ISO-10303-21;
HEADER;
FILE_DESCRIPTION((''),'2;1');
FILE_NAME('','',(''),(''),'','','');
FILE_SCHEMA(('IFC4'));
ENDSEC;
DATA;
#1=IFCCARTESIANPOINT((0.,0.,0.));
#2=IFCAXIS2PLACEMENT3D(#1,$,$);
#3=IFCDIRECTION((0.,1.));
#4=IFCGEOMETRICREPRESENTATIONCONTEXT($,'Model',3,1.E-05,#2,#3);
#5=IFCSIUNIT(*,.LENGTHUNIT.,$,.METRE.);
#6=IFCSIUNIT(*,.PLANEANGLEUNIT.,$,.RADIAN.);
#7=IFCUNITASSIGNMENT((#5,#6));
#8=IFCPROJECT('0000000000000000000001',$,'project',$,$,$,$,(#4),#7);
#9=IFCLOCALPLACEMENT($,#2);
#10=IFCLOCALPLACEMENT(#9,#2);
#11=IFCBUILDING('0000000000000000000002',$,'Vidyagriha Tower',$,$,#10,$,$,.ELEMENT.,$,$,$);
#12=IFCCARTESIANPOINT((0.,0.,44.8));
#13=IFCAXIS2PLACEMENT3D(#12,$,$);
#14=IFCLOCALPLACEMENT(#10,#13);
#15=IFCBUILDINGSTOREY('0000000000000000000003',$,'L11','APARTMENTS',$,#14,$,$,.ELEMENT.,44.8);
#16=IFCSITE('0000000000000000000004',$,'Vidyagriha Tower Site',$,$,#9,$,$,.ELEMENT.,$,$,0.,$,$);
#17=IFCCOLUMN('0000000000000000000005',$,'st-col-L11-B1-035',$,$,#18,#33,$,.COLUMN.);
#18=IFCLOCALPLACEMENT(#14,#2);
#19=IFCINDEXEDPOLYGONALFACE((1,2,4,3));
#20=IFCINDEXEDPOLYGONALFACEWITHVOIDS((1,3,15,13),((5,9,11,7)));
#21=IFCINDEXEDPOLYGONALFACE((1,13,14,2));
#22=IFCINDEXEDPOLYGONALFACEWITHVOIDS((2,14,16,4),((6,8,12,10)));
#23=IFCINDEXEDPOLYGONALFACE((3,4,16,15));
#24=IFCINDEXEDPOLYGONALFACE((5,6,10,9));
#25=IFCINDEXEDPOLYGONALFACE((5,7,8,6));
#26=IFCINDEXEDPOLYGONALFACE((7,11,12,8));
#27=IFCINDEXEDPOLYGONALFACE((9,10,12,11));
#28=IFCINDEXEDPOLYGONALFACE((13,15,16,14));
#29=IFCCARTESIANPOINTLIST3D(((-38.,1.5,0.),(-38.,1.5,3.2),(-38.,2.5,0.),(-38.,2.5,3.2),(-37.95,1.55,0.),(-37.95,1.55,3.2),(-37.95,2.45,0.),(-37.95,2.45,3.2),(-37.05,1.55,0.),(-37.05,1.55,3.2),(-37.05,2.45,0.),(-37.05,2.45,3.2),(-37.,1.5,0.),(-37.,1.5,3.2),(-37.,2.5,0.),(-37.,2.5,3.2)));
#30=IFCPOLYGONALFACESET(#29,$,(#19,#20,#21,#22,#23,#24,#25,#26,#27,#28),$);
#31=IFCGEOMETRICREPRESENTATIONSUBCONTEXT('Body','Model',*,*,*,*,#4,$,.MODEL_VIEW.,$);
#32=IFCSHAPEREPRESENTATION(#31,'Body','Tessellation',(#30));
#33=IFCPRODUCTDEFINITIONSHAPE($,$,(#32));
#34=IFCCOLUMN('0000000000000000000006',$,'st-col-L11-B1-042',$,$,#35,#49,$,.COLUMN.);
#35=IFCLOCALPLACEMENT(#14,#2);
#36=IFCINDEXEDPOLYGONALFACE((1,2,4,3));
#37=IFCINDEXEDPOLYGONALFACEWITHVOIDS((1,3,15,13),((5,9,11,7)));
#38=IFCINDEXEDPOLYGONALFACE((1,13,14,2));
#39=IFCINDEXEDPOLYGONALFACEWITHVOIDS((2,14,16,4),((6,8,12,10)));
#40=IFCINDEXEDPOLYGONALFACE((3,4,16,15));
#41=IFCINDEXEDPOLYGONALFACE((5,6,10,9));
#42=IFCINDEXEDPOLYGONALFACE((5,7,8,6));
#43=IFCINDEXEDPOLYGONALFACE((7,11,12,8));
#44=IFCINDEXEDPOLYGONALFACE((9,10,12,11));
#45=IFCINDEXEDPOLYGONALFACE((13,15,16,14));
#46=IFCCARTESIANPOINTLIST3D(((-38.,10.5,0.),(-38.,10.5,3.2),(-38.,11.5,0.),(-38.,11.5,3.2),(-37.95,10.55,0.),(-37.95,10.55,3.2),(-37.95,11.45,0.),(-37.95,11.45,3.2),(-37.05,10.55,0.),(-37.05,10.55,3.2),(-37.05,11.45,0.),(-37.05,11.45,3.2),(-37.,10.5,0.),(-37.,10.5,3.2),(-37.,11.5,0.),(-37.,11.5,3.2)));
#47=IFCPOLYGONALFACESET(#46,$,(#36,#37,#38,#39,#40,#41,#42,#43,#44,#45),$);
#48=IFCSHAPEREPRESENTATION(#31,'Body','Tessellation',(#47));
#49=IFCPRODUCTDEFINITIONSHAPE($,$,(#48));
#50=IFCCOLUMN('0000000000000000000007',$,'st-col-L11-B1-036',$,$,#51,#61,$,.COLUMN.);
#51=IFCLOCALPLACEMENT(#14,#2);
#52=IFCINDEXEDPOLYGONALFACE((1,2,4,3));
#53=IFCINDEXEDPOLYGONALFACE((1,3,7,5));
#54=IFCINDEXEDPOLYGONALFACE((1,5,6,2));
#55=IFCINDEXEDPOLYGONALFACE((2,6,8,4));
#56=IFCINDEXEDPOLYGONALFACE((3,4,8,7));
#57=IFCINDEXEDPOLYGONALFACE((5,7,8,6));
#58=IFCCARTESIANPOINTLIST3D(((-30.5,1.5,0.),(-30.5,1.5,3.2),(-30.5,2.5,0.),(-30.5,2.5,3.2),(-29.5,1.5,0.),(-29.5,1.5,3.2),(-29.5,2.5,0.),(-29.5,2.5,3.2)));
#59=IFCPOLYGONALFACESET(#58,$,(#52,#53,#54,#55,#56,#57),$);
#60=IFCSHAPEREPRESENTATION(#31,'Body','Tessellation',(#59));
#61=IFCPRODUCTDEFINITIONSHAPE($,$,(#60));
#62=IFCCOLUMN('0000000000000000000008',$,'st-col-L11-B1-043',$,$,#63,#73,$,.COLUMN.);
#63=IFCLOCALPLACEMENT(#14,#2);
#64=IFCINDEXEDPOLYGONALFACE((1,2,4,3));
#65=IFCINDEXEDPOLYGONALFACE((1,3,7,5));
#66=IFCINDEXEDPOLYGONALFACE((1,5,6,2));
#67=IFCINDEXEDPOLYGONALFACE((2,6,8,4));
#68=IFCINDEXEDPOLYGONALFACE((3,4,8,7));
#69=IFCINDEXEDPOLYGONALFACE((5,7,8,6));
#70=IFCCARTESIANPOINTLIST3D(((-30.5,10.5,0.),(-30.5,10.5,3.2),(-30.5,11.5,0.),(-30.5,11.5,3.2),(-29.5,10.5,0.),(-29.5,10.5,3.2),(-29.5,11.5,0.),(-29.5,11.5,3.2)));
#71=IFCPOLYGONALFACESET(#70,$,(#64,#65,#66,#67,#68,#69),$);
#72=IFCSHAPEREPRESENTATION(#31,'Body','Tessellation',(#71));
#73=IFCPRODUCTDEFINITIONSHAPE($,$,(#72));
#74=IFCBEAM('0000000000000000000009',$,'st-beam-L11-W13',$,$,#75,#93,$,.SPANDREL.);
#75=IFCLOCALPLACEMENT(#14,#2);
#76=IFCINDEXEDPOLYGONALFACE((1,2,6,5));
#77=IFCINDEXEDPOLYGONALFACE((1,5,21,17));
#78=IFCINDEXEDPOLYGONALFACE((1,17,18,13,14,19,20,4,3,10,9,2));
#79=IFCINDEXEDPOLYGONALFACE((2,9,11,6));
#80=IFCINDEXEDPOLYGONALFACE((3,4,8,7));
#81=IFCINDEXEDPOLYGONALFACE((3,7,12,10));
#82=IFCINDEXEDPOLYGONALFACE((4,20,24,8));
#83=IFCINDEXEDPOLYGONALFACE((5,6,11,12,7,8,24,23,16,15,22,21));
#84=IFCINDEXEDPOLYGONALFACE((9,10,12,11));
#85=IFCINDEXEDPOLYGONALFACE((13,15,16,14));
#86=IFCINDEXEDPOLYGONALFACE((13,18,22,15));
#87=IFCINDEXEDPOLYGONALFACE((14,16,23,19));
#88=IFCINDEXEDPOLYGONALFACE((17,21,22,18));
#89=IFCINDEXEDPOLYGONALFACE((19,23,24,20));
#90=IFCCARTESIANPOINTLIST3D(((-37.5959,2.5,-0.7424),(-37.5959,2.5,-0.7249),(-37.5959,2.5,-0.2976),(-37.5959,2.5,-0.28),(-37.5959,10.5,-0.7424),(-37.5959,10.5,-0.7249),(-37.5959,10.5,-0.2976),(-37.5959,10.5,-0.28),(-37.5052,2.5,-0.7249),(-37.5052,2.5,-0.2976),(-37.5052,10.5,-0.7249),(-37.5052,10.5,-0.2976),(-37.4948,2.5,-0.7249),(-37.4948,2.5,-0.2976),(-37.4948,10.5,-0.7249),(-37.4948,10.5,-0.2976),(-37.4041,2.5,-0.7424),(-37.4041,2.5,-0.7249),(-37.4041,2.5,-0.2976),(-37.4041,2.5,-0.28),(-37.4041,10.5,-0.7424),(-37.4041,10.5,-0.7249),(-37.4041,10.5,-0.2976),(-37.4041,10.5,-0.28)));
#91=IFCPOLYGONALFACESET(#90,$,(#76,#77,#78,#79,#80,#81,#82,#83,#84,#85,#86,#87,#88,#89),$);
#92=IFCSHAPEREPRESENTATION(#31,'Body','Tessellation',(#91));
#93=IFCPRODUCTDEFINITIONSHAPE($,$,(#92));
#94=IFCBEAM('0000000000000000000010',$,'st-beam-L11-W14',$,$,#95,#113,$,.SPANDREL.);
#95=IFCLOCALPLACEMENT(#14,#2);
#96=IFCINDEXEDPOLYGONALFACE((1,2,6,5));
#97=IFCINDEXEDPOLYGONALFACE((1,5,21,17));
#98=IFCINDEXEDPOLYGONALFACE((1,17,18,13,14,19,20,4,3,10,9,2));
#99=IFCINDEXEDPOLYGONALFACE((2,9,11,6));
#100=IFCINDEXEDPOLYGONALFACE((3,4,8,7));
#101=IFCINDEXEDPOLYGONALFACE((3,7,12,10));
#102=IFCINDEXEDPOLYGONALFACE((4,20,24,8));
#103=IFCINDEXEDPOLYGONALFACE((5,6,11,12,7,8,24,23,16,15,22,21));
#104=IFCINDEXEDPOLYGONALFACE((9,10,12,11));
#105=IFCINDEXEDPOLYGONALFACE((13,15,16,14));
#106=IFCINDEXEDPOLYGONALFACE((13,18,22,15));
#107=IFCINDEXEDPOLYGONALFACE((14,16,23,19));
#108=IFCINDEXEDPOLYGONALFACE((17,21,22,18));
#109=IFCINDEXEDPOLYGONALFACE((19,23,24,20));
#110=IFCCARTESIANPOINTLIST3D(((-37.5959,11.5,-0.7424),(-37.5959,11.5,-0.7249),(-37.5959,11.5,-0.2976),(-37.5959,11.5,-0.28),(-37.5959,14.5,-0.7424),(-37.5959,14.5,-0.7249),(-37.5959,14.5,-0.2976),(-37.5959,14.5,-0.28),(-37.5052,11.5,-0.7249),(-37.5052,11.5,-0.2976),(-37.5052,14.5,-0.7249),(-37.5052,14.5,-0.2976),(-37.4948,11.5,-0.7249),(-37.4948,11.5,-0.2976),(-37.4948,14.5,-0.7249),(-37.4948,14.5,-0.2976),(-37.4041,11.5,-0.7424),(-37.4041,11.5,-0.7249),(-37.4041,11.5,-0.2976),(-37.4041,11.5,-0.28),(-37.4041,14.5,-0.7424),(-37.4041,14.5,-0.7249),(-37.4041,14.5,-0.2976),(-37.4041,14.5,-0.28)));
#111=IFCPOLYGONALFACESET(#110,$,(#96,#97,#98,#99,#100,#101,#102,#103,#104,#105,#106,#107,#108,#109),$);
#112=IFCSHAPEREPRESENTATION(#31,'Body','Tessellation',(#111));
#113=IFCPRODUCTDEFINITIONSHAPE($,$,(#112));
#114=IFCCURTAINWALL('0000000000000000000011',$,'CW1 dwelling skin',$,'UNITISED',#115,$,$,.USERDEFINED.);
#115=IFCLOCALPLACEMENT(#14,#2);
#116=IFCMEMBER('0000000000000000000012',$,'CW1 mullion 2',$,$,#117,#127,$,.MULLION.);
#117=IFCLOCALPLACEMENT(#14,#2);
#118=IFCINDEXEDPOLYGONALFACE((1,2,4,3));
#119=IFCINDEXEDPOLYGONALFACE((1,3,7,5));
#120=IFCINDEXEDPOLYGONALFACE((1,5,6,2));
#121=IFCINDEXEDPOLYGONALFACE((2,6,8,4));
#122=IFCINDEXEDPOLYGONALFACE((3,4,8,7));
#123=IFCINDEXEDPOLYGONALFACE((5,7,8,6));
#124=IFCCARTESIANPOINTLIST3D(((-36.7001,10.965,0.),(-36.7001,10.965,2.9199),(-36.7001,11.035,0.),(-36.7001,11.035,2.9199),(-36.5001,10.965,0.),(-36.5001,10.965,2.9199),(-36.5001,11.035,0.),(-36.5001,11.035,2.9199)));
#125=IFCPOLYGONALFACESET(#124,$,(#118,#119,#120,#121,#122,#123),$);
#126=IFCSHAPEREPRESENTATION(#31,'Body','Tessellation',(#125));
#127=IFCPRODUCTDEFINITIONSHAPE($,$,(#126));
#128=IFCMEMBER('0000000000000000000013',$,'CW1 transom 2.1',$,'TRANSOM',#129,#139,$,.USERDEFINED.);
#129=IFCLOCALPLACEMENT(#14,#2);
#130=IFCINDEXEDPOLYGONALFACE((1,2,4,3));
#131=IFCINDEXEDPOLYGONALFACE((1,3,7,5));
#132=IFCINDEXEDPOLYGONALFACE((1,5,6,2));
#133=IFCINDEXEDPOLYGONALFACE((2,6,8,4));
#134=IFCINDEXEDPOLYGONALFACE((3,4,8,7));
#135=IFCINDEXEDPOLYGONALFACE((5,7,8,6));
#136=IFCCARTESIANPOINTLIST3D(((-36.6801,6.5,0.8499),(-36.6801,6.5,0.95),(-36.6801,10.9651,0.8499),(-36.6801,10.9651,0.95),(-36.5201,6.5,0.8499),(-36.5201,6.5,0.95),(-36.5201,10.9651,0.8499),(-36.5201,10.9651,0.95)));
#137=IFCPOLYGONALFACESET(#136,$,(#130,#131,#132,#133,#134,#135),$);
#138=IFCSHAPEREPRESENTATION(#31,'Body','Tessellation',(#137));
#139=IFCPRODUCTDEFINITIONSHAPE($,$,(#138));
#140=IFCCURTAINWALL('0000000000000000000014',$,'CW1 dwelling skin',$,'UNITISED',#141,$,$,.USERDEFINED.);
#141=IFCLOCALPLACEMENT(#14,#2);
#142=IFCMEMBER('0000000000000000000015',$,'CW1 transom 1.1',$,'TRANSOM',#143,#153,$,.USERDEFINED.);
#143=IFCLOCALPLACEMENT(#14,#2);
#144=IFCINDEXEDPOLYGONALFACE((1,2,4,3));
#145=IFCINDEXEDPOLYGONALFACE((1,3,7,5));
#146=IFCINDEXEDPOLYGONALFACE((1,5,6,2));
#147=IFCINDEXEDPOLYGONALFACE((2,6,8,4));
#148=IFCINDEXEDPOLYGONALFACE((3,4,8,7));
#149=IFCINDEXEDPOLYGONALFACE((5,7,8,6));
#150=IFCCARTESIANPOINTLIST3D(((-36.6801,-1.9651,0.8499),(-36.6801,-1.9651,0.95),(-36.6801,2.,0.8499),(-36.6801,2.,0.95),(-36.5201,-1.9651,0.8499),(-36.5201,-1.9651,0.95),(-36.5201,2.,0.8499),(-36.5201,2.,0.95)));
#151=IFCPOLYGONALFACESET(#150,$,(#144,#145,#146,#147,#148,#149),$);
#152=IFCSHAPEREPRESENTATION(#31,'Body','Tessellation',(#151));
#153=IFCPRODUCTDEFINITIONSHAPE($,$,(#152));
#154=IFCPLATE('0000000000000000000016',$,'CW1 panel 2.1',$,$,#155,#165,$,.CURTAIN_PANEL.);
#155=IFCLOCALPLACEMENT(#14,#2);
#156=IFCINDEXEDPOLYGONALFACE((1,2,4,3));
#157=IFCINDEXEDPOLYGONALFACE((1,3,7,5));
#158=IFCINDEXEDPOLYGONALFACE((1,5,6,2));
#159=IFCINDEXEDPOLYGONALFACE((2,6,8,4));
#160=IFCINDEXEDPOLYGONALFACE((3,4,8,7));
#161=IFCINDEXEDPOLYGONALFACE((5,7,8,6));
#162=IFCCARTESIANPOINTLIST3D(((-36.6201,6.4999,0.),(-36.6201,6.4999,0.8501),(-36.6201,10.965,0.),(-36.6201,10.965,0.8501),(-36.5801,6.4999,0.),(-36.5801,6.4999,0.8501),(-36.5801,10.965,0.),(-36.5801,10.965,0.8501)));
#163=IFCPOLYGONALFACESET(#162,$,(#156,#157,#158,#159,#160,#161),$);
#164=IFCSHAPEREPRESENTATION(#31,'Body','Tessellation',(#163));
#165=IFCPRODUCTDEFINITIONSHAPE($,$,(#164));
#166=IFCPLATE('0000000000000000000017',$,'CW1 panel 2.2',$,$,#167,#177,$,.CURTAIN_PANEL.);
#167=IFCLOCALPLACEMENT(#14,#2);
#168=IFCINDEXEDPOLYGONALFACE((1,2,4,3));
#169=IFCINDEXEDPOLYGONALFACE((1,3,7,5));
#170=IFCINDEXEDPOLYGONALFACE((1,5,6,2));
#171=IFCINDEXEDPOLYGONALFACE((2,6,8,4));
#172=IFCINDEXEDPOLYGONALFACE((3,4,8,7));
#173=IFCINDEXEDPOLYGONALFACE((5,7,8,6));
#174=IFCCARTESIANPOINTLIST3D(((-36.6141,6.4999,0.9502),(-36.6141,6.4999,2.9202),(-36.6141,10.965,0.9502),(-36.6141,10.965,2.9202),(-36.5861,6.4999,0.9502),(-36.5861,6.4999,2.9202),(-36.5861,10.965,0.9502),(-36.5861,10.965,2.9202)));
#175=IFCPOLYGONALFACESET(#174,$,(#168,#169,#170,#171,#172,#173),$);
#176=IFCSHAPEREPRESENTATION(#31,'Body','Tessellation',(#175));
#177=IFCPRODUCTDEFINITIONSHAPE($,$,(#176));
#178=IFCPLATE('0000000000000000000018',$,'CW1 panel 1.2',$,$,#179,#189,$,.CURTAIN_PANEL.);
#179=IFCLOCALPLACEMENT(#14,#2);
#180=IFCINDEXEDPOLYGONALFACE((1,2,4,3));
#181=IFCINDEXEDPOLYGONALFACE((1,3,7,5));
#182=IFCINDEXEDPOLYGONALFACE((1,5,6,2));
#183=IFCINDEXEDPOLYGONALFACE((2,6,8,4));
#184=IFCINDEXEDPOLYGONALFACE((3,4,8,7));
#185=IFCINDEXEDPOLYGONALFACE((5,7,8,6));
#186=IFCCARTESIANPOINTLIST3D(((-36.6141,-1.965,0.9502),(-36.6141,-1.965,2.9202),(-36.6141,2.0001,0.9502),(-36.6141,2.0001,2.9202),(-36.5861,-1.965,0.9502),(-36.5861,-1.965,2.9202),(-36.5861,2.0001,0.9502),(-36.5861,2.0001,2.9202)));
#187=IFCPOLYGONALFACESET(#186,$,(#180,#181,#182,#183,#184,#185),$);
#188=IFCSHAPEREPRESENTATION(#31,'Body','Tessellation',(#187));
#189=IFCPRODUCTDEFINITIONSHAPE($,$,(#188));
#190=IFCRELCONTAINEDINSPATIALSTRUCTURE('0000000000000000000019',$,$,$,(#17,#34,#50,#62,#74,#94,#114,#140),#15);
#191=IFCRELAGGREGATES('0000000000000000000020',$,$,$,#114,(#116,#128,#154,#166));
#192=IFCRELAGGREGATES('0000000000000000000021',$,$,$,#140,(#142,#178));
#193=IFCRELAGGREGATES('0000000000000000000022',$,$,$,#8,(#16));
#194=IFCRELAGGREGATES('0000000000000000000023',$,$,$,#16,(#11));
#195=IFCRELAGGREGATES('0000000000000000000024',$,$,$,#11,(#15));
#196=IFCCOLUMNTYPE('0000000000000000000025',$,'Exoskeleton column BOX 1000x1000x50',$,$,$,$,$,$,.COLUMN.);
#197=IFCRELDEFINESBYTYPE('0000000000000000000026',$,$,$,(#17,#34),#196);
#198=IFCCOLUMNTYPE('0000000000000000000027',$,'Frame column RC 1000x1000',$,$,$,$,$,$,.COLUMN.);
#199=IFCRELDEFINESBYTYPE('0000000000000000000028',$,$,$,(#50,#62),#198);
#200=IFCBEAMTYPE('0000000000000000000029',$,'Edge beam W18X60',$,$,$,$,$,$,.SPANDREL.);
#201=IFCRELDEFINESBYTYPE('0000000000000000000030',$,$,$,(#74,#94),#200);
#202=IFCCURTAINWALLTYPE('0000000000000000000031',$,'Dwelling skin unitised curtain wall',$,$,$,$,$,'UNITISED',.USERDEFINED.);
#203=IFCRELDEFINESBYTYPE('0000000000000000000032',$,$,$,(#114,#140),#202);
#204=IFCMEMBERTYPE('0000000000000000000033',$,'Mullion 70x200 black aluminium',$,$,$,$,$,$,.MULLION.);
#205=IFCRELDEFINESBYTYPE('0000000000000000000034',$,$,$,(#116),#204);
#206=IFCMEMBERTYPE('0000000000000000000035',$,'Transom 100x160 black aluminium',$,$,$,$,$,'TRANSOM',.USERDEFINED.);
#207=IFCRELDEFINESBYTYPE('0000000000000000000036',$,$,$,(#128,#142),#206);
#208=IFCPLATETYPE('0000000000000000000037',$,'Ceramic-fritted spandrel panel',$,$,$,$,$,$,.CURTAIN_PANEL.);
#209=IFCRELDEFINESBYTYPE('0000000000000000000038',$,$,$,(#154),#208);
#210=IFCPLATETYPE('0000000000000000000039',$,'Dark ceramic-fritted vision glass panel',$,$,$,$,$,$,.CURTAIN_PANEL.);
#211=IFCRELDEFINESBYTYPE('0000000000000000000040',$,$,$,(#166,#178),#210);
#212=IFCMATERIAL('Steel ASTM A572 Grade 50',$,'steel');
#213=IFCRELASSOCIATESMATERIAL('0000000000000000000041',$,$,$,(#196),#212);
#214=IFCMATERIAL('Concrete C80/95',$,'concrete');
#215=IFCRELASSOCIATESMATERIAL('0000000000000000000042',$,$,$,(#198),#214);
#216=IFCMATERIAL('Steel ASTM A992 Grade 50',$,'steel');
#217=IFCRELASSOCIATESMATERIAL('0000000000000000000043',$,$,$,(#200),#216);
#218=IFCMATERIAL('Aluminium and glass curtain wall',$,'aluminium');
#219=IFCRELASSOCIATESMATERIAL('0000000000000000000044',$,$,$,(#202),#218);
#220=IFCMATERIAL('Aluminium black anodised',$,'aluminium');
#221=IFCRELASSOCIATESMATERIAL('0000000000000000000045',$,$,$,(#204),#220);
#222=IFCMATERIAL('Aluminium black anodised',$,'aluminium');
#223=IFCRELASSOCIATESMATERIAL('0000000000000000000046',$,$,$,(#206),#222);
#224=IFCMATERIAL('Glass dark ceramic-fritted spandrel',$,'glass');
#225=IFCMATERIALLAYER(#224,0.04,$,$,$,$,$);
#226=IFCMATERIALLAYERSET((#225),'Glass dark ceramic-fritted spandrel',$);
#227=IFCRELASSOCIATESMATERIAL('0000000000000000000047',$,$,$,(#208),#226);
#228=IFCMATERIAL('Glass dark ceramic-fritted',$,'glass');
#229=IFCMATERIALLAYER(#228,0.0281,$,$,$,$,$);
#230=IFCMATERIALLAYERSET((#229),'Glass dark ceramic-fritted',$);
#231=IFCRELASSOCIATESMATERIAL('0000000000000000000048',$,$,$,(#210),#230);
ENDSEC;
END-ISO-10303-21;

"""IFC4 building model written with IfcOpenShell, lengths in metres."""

from ifc_helpers import new_model, si_unit, direction, frame, origin, origin_2d, place, context, subcontext, project, spatial, rectangle, hollow_rectangle, i_section, extrude, material, layer, layer_set, material_profile, profile_set, type_object, element, aggregate, save


model = new_model("IFC4")

# Units and contexts
model_context = context("Model", 3, precision=1e-05, world=origin(), true_north=direction((0.0, 1.0)))
body_context = subcontext(model_context, "Body", "Model", "MODEL_VIEW")
ifc_project = project(units=[si_unit("LENGTHUNIT", "METRE"), si_unit("PLANEANGLEUNIT", "RADIAN")], contexts=[model_context])

# Site, building, storey
site_placement = place(None, origin())
site = spatial("IfcSite", under=ifc_project, at=site_placement, Name="Vidyagriha Tower Site", CompositionType="ELEMENT", RefElevation=0.0)
building_placement = place(site_placement, origin())
building = spatial("IfcBuilding", under=site, at=building_placement, Name="Vidyagriha Tower", CompositionType="ELEMENT")
storey_placement = place(building_placement, frame((0.0, 0.0, 44.8)))
storey = spatial("IfcBuildingStorey", under=building, at=storey_placement, Name="L11", Description="APARTMENTS", CompositionType="ELEMENT", Elevation=44.8)

# Columns
ifc_material_1 = material(Name="Steel ASTM A572 Grade 50", Category="steel")
ifc_material_profile_1 = material_profile(ifc_material_1, hollow_rectangle(XDim=1.0, YDim=1.0, WallThickness=0.05, at=origin_2d()), Name="BOX 1000x1000x50")
ifc_profile_set_1 = profile_set([ifc_material_profile_1], Name="Steel ASTM A572 Grade 50")
column_type_1 = type_object("IfcColumnType", Name="Exoskeleton column BOX 1000x1000x50", PredefinedType="COLUMN", material=ifc_profile_set_1)
for number, where, name in (
    (1, (-37.5, 2.0, 0.0), "st-col-L11-B1-035"),
    (2, (-37.5, 11.0, 0.0), "st-col-L11-B1-042"),
):
    element("IfcColumn", number, at=place(storey_placement, frame(where)), inside=storey, type_object=column_type_1, Name=name, PredefinedType="COLUMN", context=body_context, shape_type="SweptSolid", body=[
        extrude(hollow_rectangle(XDim=1.0, YDim=1.0, WallThickness=0.05, at=origin_2d()), origin(), (0.0, 0.0, 1.0), 3.2),
    ])
ifc_material_2 = material(Name="Concrete C80/95", Category="concrete")
ifc_material_profile_2 = material_profile(ifc_material_2, rectangle(XDim=1.0, YDim=1.0, at=origin_2d()), Name="RC 1000x1000")
ifc_profile_set_2 = profile_set([ifc_material_profile_2], Name="Concrete C80/95")
column_type_2 = type_object("IfcColumnType", Name="Frame column RC 1000x1000", PredefinedType="COLUMN", material=ifc_profile_set_2)
for number, where, name in (
    (3, (-30.0, 2.0, 0.0), "st-col-L11-B1-036"),
    (4, (-30.0, 11.0, 0.0), "st-col-L11-B1-043"),
):
    element("IfcColumn", number, at=place(storey_placement, frame(where)), inside=storey, type_object=column_type_2, Name=name, PredefinedType="COLUMN", context=body_context, shape_type="SweptSolid", body=[
        extrude(rectangle(XDim=1.0, YDim=1.0, at=origin_2d()), origin(), (0.0, 0.0, 1.0), 3.2),
    ])

# Beams
ifc_material_3 = material(Name="Steel ASTM A992 Grade 50", Category="steel")
ifc_material_profile_3 = material_profile(ifc_material_3, i_section(OverallWidth=0.1919, OverallDepth=0.4624, WebThickness=0.0105, FlangeThickness=0.0176, at=origin_2d()), Name="W18X60")
ifc_profile_set_3 = profile_set([ifc_material_profile_3], Name="Steel ASTM A992 Grade 50")
beam_type = type_object("IfcBeamType", Name="Edge beam W18X60", PredefinedType="SPANDREL", material=ifc_profile_set_3)
beam_1_placement = place(storey_placement, frame((-37.5, 2.5, -0.5112), z_axis=(0.0, 1.0, 0.0), x_axis=(-1.0, 0.0, 0.0)))
element("IfcBeam", 5, at=beam_1_placement, inside=storey, type_object=beam_type, Name="st-beam-L11-W13", PredefinedType="SPANDREL", context=body_context, shape_type="SweptSolid", body=[
    extrude(i_section(OverallWidth=0.1919, OverallDepth=0.4624, WebThickness=0.0105, FlangeThickness=0.0176, at=origin_2d()), origin(), (0.0, 0.0, 1.0), 8.0),
])
beam_2_placement = place(storey_placement, frame((-37.5, 11.5, -0.5112), z_axis=(0.0, 1.0, 0.0), x_axis=(-1.0, 0.0, 0.0)))
element("IfcBeam", 6, at=beam_2_placement, inside=storey, type_object=beam_type, Name="st-beam-L11-W14", PredefinedType="SPANDREL", context=body_context, shape_type="SweptSolid", body=[
    extrude(i_section(OverallWidth=0.1919, OverallDepth=0.4624, WebThickness=0.0105, FlangeThickness=0.0176, at=origin_2d()), origin(), (0.0, 0.0, 1.0), 3.0),
])

# Curtain wall, members
ifc_material_4 = material(Name="Aluminium and glass curtain wall", Category="aluminium")
curtain_wall_type = type_object("IfcCurtainWallType", Name="Dwelling skin unitised curtain wall", ElementType="UNITISED", PredefinedType="USERDEFINED", material=ifc_material_4)
curtain_wall_1_placement = place(storey_placement, origin())
curtain_wall_1 = element("IfcCurtainWall", 7, at=curtain_wall_1_placement, inside=storey, type_object=curtain_wall_type, Name="CW1 dwelling skin", ObjectType="UNITISED", PredefinedType="USERDEFINED")
ifc_material_5 = material(Name="Aluminium black anodised", Category="aluminium")
ifc_material_profile_4 = material_profile(ifc_material_5, rectangle(XDim=0.2, YDim=0.0701, at=origin_2d()), Name="Mullion 70x200 black aluminium")
ifc_profile_set_4 = profile_set([ifc_material_profile_4], Name="Aluminium black anodised")
member_type_1 = type_object("IfcMemberType", Name="Mullion 70x200 black aluminium", PredefinedType="MULLION", material=ifc_profile_set_4)
member_1_placement = place(storey_placement, frame((-36.6001, 11.0, 0.0)))
member_1 = element("IfcMember", 8, at=member_1_placement, type_object=member_type_1, Name="CW1 mullion 2", PredefinedType="MULLION", context=body_context, shape_type="SweptSolid", body=[
    extrude(rectangle(XDim=0.2, YDim=0.0701, at=origin_2d()), origin(), (0.0, 0.0, 1.0), 2.9199),
])
ifc_material_6 = material(Name="Aluminium black anodised", Category="aluminium")
ifc_material_profile_5 = material_profile(ifc_material_6, rectangle(XDim=0.1599, YDim=0.1001, at=origin_2d()), Name="Transom 100x160 black aluminium")
ifc_profile_set_5 = profile_set([ifc_material_profile_5], Name="Aluminium black anodised")
member_type_2 = type_object("IfcMemberType", Name="Transom 100x160 black aluminium", ElementType="TRANSOM", PredefinedType="USERDEFINED", material=ifc_profile_set_5)
member_2_placement = place(storey_placement, frame((-36.6001, 10.9651, 0.8999), z_axis=(0.0, -1.0, 0.0), x_axis=(1.0, 0.0, 0.0)))
member_2 = element("IfcMember", 9, at=member_2_placement, type_object=member_type_2, Name="CW1 transom 2.1", ObjectType="TRANSOM", PredefinedType="USERDEFINED", context=body_context, shape_type="SweptSolid", body=[
    extrude(rectangle(XDim=0.1599, YDim=0.1001, at=origin_2d()), origin(), (0.0, 0.0, 1.0), 4.4651),
])

# Curtain wall, member
curtain_wall_2_placement = place(storey_placement, origin())
curtain_wall_2 = element("IfcCurtainWall", 10, at=curtain_wall_2_placement, inside=storey, type_object=curtain_wall_type, Name="CW1 dwelling skin", ObjectType="UNITISED", PredefinedType="USERDEFINED")
member_3_placement = place(storey_placement, frame((-36.6001, 2.0, 0.8999), z_axis=(0.0, -1.0, 0.0), x_axis=(1.0, 0.0, 0.0)))
member_3 = element("IfcMember", 11, at=member_3_placement, type_object=member_type_2, Name="CW1 transom 1.1", ObjectType="TRANSOM", PredefinedType="USERDEFINED", context=body_context, shape_type="SweptSolid", body=[
    extrude(rectangle(XDim=0.1599, YDim=0.1001, at=origin_2d()), origin(), (0.0, 0.0, 1.0), 3.9651),
])

# Plates
ifc_material_7 = material(Name="Glass dark ceramic-fritted spandrel", Category="glass")
ifc_layer_1 = layer(ifc_material_7, 0.04)
ifc_layer_set_1 = layer_set([ifc_layer_1], Name="Glass dark ceramic-fritted spandrel")
plate_type_1 = type_object("IfcPlateType", Name="Ceramic-fritted spandrel panel", PredefinedType="CURTAIN_PANEL", material=ifc_layer_set_1)
plate_1_placement = place(storey_placement, frame((-36.6001, 8.7324, 0.0), z_axis=(0.0, 0.0, 1.0), x_axis=(0.0, -1.0, 0.0)))
plate_1 = element("IfcPlate", 12, at=plate_1_placement, type_object=plate_type_1, Name="CW1 panel 2.1", PredefinedType="CURTAIN_PANEL", context=body_context, shape_type="SweptSolid", body=[
    extrude(rectangle(XDim=4.4651, YDim=0.04, at=origin_2d()), origin(), (0.0, 0.0, 1.0), 0.8501),
])
ifc_material_8 = material(Name="Glass dark ceramic-fritted", Category="glass")
ifc_layer_2 = layer(ifc_material_8, 0.0281)
ifc_layer_set_2 = layer_set([ifc_layer_2], Name="Glass dark ceramic-fritted")
plate_type_2 = type_object("IfcPlateType", Name="Dark ceramic-fritted vision glass panel", PredefinedType="CURTAIN_PANEL", material=ifc_layer_set_2)
plate_2_placement = place(storey_placement, frame((-36.6001, 8.7324, 0.9502), z_axis=(0.0, 0.0, 1.0), x_axis=(0.0, -1.0, 0.0)))
plate_2 = element("IfcPlate", 13, at=plate_2_placement, type_object=plate_type_2, Name="CW1 panel 2.2", PredefinedType="CURTAIN_PANEL", context=body_context, shape_type="SweptSolid", body=[
    extrude(rectangle(XDim=4.4651, YDim=0.0281, at=origin_2d()), origin(), (0.0, 0.0, 1.0), 1.97),
])
aggregate(curtain_wall_1, [member_1, member_2, plate_1, plate_2])
plate_3_placement = place(storey_placement, frame((-36.6001, 0.0176, 0.9502), z_axis=(0.0, 0.0, 1.0), x_axis=(0.0, -1.0, 0.0)))
plate_3 = element("IfcPlate", 14, at=plate_3_placement, type_object=plate_type_2, Name="CW1 panel 1.2", PredefinedType="CURTAIN_PANEL", context=body_context, shape_type="SweptSolid", body=[
    extrude(rectangle(XDim=3.9651, YDim=0.0281, at=origin_2d()), origin(), (0.0, 0.0, 1.0), 1.97),
])
aggregate(curtain_wall_2, [member_3, plate_3])

save(model, "model.ifc")
